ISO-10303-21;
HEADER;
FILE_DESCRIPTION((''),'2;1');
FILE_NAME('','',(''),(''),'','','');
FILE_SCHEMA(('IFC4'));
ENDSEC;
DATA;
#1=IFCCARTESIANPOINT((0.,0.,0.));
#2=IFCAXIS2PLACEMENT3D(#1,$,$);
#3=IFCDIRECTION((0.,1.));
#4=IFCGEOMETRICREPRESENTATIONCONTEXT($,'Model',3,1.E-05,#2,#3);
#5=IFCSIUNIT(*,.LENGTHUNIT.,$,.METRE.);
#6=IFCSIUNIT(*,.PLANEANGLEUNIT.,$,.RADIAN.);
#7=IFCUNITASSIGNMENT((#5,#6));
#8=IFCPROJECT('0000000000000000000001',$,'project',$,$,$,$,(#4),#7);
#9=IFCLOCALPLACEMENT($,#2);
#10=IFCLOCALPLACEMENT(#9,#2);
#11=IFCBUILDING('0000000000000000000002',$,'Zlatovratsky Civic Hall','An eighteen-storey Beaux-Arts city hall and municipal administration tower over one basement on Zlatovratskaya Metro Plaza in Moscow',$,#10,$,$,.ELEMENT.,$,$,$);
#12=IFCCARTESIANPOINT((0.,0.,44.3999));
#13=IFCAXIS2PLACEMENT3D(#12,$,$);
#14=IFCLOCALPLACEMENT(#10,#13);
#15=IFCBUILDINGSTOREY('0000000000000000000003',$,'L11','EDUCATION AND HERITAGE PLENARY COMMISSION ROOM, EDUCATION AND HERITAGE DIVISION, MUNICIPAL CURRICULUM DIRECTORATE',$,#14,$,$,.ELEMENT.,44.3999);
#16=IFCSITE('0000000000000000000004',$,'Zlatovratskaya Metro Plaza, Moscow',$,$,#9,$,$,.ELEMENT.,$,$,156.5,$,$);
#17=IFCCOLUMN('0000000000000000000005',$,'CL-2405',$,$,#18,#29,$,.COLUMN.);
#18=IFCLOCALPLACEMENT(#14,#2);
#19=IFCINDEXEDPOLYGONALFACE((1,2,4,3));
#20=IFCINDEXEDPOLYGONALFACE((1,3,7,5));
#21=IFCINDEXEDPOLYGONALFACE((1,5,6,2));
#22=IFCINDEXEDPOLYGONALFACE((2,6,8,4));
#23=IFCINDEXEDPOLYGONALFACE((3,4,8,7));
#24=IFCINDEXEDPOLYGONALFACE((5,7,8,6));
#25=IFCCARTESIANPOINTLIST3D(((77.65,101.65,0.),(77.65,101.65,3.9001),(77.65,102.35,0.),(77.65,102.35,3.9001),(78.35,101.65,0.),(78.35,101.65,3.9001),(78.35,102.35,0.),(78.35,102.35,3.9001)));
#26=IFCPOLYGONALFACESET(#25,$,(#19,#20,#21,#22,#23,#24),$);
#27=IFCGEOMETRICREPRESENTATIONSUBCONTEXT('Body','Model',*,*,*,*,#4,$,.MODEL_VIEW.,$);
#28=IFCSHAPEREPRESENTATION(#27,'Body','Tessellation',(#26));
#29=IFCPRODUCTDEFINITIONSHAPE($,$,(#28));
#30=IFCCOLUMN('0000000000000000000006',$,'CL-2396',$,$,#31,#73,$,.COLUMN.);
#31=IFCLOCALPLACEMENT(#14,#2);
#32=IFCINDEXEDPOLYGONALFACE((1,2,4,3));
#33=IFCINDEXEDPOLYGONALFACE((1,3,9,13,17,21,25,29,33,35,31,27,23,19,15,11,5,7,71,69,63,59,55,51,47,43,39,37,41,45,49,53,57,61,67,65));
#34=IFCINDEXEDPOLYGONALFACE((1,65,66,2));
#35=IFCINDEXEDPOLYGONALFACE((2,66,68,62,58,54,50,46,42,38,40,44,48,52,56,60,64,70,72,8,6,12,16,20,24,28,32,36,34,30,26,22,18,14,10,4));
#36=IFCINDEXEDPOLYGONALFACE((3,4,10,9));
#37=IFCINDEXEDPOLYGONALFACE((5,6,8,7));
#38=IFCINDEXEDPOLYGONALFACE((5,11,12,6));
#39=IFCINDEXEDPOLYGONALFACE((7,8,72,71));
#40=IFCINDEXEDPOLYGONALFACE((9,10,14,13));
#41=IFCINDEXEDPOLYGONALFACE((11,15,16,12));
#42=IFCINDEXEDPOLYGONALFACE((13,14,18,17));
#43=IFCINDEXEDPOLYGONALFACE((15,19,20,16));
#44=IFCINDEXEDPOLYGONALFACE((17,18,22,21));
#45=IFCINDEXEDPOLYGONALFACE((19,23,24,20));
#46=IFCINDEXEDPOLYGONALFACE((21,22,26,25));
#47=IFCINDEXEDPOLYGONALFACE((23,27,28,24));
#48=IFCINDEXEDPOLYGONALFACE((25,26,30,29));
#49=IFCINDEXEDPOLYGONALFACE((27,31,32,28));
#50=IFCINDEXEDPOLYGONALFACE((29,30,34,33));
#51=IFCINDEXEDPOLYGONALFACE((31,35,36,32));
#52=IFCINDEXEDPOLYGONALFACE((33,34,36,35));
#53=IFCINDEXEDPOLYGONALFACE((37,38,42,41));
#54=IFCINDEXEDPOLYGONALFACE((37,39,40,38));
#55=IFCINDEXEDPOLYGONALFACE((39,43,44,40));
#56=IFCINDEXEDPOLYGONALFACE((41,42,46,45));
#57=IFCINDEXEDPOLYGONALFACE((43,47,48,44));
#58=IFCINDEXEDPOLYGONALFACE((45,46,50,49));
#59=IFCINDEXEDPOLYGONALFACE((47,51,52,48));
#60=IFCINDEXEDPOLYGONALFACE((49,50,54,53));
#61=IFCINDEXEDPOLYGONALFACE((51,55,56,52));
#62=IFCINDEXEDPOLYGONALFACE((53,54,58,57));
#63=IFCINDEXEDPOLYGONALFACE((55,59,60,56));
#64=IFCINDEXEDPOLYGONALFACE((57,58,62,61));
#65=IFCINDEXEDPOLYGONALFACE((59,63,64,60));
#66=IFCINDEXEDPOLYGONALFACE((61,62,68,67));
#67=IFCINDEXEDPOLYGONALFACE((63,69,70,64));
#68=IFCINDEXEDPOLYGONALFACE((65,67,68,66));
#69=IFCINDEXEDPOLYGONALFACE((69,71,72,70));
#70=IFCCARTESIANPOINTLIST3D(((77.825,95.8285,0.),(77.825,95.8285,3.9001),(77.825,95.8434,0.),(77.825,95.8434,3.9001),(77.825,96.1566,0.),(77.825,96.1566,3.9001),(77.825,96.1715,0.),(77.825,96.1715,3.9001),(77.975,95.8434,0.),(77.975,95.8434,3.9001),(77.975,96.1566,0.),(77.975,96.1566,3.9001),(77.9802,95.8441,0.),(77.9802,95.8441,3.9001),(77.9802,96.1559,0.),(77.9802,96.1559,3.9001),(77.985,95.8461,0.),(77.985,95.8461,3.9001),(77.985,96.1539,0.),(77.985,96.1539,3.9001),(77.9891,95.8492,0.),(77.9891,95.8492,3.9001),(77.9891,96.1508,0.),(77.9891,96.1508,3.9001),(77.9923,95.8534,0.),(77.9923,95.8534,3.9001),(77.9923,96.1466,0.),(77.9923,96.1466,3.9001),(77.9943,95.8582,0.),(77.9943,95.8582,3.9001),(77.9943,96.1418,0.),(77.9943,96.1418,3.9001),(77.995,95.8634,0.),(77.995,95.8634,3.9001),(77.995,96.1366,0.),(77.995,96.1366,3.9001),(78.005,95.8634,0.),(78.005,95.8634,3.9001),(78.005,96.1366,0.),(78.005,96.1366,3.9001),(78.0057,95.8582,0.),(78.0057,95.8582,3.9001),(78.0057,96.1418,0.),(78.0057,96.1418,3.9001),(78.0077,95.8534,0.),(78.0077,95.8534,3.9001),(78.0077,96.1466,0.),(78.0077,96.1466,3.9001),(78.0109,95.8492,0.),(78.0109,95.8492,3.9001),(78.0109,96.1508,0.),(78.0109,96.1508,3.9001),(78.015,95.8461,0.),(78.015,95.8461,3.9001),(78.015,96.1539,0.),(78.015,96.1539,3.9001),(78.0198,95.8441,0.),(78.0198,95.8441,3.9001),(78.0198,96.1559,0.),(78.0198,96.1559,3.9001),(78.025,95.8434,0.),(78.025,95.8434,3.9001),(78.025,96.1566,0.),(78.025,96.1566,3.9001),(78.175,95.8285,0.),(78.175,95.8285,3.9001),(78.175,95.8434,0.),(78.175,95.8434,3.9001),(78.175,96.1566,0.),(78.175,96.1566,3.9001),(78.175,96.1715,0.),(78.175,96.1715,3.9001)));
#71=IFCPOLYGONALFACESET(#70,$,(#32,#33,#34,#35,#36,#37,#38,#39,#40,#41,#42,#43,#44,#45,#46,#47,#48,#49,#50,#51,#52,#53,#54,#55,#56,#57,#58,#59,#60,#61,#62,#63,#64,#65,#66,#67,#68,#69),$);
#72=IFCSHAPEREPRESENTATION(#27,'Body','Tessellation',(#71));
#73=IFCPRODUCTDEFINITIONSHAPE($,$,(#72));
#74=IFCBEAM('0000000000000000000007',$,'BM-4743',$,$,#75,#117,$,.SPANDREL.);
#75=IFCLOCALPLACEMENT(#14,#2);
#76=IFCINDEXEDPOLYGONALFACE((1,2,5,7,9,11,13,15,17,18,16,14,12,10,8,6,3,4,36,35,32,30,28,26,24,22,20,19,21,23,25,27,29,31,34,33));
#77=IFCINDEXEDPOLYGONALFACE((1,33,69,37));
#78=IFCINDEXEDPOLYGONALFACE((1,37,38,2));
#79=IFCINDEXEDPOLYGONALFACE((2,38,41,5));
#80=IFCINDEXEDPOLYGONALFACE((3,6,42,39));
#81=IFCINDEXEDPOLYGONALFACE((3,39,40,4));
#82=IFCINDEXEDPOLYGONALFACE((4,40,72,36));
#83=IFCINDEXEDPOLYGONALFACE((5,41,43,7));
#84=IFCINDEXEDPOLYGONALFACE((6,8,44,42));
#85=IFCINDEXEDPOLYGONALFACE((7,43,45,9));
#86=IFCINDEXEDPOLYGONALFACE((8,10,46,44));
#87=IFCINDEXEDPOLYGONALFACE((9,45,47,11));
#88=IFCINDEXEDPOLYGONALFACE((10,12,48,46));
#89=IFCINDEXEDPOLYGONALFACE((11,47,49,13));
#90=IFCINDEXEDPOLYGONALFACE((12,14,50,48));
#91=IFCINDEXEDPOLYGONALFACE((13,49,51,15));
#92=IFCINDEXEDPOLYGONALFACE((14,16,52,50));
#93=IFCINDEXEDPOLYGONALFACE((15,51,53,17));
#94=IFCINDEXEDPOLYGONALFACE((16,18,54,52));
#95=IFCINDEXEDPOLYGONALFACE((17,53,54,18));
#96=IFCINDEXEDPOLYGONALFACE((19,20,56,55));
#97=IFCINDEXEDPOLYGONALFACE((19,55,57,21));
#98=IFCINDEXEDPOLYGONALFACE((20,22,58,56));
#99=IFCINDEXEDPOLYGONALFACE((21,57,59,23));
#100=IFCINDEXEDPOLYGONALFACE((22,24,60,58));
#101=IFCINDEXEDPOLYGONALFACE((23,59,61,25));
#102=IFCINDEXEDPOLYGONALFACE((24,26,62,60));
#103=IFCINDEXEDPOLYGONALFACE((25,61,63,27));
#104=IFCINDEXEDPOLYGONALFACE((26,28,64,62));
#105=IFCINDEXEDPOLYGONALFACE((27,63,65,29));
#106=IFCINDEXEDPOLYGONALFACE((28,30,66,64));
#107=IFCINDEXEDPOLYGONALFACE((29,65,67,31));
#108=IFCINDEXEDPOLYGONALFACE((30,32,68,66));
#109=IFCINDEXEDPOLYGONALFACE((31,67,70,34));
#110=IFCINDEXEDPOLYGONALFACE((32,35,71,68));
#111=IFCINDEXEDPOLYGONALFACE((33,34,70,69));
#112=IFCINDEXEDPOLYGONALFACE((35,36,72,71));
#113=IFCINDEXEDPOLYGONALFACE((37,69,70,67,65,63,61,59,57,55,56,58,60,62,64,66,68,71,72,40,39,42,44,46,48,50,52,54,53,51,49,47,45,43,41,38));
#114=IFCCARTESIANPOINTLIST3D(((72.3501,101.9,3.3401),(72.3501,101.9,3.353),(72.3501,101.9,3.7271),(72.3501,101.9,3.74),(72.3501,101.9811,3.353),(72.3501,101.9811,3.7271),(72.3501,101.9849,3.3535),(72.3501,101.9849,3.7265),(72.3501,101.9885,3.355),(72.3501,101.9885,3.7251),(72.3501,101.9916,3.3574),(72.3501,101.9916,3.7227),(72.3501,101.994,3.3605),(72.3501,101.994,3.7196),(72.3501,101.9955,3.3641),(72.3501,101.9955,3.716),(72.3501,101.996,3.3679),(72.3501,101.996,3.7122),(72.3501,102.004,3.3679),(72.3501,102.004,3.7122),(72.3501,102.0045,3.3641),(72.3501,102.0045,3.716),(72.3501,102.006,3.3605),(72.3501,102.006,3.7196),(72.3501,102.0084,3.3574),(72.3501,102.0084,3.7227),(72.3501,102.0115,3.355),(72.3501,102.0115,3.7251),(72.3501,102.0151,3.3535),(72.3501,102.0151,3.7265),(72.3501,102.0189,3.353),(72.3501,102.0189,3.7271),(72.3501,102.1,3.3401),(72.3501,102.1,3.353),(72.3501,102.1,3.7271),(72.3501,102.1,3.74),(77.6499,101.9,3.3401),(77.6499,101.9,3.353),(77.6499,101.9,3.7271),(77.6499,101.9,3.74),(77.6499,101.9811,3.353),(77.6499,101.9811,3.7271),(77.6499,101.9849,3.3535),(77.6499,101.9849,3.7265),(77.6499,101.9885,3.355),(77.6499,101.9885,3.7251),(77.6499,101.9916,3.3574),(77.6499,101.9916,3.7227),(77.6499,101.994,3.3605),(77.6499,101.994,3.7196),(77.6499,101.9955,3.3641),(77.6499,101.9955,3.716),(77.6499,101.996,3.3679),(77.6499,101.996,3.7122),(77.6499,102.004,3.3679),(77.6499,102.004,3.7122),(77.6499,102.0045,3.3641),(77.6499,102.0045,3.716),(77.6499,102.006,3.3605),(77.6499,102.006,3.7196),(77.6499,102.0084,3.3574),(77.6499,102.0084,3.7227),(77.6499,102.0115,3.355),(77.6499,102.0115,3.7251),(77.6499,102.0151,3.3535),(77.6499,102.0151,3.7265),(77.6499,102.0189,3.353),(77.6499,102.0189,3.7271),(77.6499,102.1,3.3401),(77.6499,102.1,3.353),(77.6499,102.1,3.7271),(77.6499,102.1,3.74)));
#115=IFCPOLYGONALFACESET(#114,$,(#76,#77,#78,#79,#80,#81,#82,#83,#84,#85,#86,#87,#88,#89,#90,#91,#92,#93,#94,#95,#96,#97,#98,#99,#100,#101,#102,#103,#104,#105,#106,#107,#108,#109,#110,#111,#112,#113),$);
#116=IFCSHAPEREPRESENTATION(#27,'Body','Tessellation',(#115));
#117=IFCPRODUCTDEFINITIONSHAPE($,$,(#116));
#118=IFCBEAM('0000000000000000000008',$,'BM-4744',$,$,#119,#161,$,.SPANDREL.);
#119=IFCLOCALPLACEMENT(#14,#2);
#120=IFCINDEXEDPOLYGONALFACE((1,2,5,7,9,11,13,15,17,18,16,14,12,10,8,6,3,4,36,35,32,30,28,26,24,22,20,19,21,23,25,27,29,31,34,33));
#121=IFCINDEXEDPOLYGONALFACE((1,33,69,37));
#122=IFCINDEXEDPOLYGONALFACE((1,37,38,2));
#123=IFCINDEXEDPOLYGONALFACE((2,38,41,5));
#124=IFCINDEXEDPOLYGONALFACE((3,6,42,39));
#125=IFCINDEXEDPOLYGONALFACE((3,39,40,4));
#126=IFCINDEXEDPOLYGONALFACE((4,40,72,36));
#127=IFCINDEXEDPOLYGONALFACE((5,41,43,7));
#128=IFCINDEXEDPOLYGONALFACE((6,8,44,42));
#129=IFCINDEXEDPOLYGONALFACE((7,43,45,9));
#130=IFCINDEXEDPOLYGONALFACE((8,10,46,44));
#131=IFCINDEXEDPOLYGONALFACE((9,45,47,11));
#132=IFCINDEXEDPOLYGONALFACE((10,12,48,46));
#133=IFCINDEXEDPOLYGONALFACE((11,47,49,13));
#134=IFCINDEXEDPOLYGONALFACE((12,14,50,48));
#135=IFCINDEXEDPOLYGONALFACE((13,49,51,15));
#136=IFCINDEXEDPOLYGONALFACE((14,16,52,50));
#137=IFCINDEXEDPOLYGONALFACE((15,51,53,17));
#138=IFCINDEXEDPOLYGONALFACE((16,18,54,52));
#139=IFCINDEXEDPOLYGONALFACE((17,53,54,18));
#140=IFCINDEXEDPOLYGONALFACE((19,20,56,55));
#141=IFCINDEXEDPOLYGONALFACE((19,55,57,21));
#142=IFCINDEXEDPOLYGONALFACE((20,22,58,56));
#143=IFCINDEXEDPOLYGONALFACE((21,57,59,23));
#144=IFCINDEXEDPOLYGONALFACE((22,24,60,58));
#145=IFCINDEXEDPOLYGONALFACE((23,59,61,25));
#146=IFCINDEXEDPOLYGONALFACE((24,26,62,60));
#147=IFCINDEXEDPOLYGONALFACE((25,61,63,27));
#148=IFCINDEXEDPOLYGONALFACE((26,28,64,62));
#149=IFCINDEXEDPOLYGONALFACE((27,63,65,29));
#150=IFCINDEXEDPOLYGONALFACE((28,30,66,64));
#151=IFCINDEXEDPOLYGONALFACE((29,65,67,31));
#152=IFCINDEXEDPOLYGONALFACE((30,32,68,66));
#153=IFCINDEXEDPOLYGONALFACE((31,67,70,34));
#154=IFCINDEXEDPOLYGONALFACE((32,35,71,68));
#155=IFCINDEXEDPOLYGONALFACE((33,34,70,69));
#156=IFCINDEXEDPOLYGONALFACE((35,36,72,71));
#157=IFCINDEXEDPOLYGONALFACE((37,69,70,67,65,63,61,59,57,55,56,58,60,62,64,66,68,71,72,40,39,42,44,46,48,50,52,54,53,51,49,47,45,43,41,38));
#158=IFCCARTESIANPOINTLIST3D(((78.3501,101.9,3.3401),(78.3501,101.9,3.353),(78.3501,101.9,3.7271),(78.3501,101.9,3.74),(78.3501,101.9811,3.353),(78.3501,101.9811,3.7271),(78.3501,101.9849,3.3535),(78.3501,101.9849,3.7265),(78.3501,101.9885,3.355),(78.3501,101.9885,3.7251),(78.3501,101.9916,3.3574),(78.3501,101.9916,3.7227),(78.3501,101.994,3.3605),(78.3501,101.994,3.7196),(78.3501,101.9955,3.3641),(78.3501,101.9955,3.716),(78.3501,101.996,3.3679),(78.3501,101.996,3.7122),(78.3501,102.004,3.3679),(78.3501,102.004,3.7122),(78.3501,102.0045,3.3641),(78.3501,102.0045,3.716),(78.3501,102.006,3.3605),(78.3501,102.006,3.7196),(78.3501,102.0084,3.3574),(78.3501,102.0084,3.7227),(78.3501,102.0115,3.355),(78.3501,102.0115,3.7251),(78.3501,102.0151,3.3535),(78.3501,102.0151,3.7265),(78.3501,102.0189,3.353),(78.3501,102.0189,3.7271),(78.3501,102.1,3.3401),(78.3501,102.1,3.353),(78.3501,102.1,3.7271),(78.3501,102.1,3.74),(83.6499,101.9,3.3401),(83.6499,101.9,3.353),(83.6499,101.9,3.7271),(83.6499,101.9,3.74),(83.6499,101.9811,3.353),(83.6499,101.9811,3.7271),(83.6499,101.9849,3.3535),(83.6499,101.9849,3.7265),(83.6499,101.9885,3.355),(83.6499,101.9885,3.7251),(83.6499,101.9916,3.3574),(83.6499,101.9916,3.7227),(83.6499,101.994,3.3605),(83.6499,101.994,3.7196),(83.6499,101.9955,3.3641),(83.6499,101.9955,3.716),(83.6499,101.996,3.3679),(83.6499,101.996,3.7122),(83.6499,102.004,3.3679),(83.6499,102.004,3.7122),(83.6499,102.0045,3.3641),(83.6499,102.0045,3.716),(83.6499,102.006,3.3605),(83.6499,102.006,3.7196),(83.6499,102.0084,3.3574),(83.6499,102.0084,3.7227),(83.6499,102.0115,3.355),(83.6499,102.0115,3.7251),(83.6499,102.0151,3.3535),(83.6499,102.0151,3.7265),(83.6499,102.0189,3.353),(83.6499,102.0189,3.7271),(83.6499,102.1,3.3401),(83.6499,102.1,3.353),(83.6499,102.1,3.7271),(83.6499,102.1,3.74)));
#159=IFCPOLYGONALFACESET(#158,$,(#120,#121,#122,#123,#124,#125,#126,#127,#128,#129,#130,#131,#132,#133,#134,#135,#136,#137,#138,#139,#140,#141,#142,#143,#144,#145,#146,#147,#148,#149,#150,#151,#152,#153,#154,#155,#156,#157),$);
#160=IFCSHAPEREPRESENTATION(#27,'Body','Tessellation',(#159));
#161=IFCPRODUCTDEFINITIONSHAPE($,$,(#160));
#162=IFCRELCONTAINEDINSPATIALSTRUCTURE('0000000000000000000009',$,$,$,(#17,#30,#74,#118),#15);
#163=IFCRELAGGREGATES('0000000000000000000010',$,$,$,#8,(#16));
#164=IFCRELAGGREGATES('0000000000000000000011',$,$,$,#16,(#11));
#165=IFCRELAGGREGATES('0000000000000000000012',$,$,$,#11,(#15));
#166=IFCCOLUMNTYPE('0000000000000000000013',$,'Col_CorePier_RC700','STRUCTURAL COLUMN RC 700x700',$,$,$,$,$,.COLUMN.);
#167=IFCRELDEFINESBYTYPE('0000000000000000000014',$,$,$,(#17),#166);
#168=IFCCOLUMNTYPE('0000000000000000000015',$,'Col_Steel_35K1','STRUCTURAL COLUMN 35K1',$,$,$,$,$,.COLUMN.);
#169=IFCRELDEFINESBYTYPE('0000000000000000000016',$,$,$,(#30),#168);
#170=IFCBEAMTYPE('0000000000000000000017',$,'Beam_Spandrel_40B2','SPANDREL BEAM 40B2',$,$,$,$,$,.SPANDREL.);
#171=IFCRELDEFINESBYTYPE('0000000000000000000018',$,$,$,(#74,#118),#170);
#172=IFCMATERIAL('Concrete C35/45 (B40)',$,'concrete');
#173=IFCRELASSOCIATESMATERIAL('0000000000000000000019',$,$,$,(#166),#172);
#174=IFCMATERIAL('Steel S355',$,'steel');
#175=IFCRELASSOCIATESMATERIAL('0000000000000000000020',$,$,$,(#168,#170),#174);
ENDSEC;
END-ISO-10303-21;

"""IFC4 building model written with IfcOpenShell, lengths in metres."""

from ifc_helpers import new_model, si_unit, direction, frame, origin, origin_2d, place, context, subcontext, project, spatial, rectangle, i_section, extrude, material, material_profile, profile_set, type_object, element, save


model = new_model("IFC4")

# Units and contexts
model_context = context("Model", 3, precision=1e-05, world=origin(), true_north=direction((0.0, 1.0)))
body_context = subcontext(model_context, "Body", "Model", "MODEL_VIEW")
ifc_project = project(units=[si_unit("LENGTHUNIT", "METRE"), si_unit("PLANEANGLEUNIT", "RADIAN")], contexts=[model_context])

# Site, building, storey
site_placement = place(None, origin())
site = spatial("IfcSite", under=ifc_project, at=site_placement, Name="Zlatovratskaya Metro Plaza, Moscow", CompositionType="ELEMENT", RefElevation=156.5)
building_placement = place(site_placement, origin())
building = spatial("IfcBuilding", under=site, at=building_placement, Name="Zlatovratsky Civic Hall", Description="An eighteen-storey Beaux-Arts city hall and municipal administration tower over one basement on Zlatovratskaya Metro Plaza in Moscow", CompositionType="ELEMENT")
storey_placement = place(building_placement, frame((0.0, 0.0, 44.3999)))
storey = spatial("IfcBuildingStorey", under=building, at=storey_placement, Name="L11", Description="EDUCATION AND HERITAGE PLENARY COMMISSION ROOM, EDUCATION AND HERITAGE DIVISION, MUNICIPAL CURRICULUM DIRECTORATE", CompositionType="ELEMENT", Elevation=44.3999)

# Columns
ifc_material_1 = material(Name="Concrete C35/45 (B40)", Category="concrete")
ifc_material_profile_1 = material_profile(ifc_material_1, rectangle(XDim=0.7, YDim=0.7, at=origin_2d()), Name="RC 700x700")
ifc_profile_set_1 = profile_set([ifc_material_profile_1], Name="Concrete C35/45 (B40)")
column_type_1 = type_object("IfcColumnType", Name="Col_CorePier_RC700", Description="STRUCTURAL COLUMN RC 700x700", PredefinedType="COLUMN", material=ifc_profile_set_1)
column_1_placement = place(storey_placement, frame((78.0, 102.0, 0.0), z_axis=(0.0, 0.0, 1.0), x_axis=(1.0, 0.0, 0.0)))
element("IfcColumn", 1, at=column_1_placement, inside=storey, type_object=column_type_1, Name="CL-2405", PredefinedType="COLUMN", context=body_context, shape_type="SweptSolid", body=[
    extrude(rectangle(XDim=0.7, YDim=0.7, at=origin_2d()), origin(), (0.0, 0.0, 1.0), 3.9001),
])
ifc_material_2 = material(Name="Steel S355", Category="steel")
ifc_material_profile_2 = material_profile(ifc_material_2, i_section(OverallWidth=0.3501, OverallDepth=0.343, WebThickness=0.01, FlangeThickness=0.0149, FilletRadius=0.02, at=origin_2d()), Name="35K1")
ifc_profile_set_2 = profile_set([ifc_material_profile_2], Name="Steel S355")
column_type_2 = type_object("IfcColumnType", Name="Col_Steel_35K1", Description="STRUCTURAL COLUMN 35K1", PredefinedType="COLUMN", material=ifc_profile_set_2)
column_2_placement = place(storey_placement, frame((78.0, 96.0, 0.0), z_axis=(0.0, 0.0, 1.0), x_axis=(1.0, 0.0, 0.0)))
element("IfcColumn", 2, at=column_2_placement, inside=storey, type_object=column_type_2, Name="CL-2396", PredefinedType="COLUMN", context=body_context, shape_type="SweptSolid", body=[
    extrude(i_section(OverallWidth=0.3501, OverallDepth=0.343, WebThickness=0.01, FlangeThickness=0.0149, FilletRadius=0.02, at=origin_2d()), origin(), (0.0, 0.0, 1.0), 3.9001),
])

# Beams
ifc_material_profile_3 = material_profile(ifc_material_2, i_section(OverallWidth=0.2, OverallDepth=0.3999, WebThickness=0.0081, FlangeThickness=0.0129, FilletRadius=0.0149, at=origin_2d()), Name="40B2")
ifc_profile_set_3 = profile_set([ifc_material_profile_3], Name="Steel S355")
beam_type_1 = type_object("IfcBeamType", Name="Beam_Spandrel_40B2", Description="SPANDREL BEAM 40B2", PredefinedType="SPANDREL", material=ifc_profile_set_3)
for number, where, z_axis, x_axis, name in (
    (3, (72.3501, 102.0, 3.54), (1.0, 0.0, 0.0), (0.0, 1.0, 0.0), "BM-4743"),
    (4, (78.3501, 102.0, 3.54), (1.0, 0.0, 0.0), (0.0, 1.0, 0.0), "BM-4744"),
):
    element("IfcBeam", number, at=place(storey_placement, frame(where, z_axis=z_axis, x_axis=x_axis)), inside=storey, type_object=beam_type_1, Name=name, PredefinedType="SPANDREL", context=body_context, shape_type="SweptSolid", body=[
        extrude(i_section(OverallWidth=0.2, OverallDepth=0.3999, WebThickness=0.0081, FlangeThickness=0.0129, FilletRadius=0.0149, at=origin_2d()), origin(), (0.0, 0.0, 1.0), 5.2998),
    ])

save(model, "model.ifc")
